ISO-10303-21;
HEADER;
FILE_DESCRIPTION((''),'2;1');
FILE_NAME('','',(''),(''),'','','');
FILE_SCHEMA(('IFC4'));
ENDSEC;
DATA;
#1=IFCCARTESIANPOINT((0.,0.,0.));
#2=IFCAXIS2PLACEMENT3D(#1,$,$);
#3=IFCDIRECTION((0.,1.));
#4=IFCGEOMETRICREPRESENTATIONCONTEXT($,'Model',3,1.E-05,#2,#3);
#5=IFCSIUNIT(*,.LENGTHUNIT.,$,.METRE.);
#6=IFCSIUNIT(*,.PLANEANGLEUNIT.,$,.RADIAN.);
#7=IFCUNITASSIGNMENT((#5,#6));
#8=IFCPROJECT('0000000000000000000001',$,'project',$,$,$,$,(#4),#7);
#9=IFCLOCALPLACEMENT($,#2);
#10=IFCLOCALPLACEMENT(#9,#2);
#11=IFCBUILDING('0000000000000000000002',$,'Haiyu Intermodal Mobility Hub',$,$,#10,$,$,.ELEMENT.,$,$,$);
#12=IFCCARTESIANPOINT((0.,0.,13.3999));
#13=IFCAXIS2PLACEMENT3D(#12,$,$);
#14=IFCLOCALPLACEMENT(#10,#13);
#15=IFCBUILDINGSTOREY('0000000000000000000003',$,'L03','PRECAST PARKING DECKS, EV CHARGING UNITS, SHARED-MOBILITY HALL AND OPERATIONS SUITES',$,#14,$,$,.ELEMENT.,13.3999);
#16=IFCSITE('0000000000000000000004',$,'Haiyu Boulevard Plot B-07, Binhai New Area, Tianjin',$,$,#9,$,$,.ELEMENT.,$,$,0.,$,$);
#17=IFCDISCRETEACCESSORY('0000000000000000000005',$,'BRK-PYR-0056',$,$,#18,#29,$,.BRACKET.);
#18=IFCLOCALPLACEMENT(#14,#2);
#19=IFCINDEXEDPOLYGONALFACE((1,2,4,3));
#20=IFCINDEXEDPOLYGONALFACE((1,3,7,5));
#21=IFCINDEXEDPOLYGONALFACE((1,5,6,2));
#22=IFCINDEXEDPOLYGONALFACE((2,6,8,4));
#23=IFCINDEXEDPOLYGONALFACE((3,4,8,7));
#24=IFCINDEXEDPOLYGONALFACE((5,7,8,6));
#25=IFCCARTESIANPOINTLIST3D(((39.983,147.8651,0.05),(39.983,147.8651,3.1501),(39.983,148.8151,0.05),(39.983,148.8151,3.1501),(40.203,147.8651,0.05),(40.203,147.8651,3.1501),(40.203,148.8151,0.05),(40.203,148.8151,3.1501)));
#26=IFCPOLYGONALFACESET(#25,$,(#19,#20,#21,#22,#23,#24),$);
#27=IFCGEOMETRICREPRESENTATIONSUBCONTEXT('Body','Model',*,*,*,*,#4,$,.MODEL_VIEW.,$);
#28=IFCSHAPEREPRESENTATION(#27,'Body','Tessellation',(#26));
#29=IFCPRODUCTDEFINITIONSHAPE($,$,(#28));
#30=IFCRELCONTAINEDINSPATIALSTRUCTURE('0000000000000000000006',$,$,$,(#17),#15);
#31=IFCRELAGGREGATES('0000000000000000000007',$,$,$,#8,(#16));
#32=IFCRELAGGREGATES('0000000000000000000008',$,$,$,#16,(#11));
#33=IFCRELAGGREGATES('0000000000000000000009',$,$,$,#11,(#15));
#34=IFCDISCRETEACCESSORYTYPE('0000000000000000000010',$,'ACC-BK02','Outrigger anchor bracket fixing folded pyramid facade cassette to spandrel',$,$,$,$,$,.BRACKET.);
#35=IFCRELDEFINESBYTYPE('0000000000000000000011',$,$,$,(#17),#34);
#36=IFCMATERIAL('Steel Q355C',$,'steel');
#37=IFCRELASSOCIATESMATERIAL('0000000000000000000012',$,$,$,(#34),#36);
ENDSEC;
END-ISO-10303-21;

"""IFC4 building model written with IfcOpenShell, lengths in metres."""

from ifc_helpers import new_model, si_unit, direction, frame, origin, origin_2d, place, context, subcontext, project, spatial, rectangle, extrude, material, type_object, element, save


model = new_model("IFC4")

# Units and contexts
model_context = context("Model", 3, precision=1e-05, world=origin(), true_north=direction((0.0, 1.0)))
body_context = subcontext(model_context, "Body", "Model", "MODEL_VIEW")
ifc_project = project(units=[si_unit("LENGTHUNIT", "METRE"), si_unit("PLANEANGLEUNIT", "RADIAN")], contexts=[model_context])

# Site, building, storey
site_placement = place(None, origin())
site = spatial("IfcSite", under=ifc_project, at=site_placement, Name="Haiyu Boulevard Plot B-07, Binhai New Area, Tianjin", CompositionType="ELEMENT", RefElevation=0.0)
building_placement = place(site_placement, origin())
building = spatial("IfcBuilding", under=site, at=building_placement, Name="Haiyu Intermodal Mobility Hub", CompositionType="ELEMENT")
storey_placement = place(building_placement, frame((0.0, 0.0, 13.3999)))
storey = spatial("IfcBuildingStorey", under=building, at=storey_placement, Name="L03", Description="PRECAST PARKING DECKS, EV CHARGING UNITS, SHARED-MOBILITY HALL AND OPERATIONS SUITES", CompositionType="ELEMENT", Elevation=13.3999)

# Shared definitions
ifc_material_1 = material(Name="Steel Q355C", Category="steel")

# Discrete accessory
discrete_accessory_type_1 = type_object("IfcDiscreteAccessoryType", Name="ACC-BK02", Description="Outrigger anchor bracket fixing folded pyramid facade cassette to spandrel", PredefinedType="BRACKET", material=ifc_material_1)
for number, where, z_axis, x_axis, name in (
    (1, (40.093, 148.3401, 0.05), (0.0, 0.0, 1.0), (1.0, 0.0, 0.0), "BRK-PYR-0056"),
):
    element("IfcDiscreteAccessory", number, at=place(storey_placement, frame(where, z_axis=z_axis, x_axis=x_axis)), inside=storey, type_object=discrete_accessory_type_1, Name=name, PredefinedType="BRACKET", context=body_context, shape_type="SweptSolid", body=[
        extrude(rectangle(XDim=0.22, YDim=0.95, at=origin_2d()), origin(), (0.0, 0.0, 1.0), 3.1001),
    ])

save(model, "model.ifc")
